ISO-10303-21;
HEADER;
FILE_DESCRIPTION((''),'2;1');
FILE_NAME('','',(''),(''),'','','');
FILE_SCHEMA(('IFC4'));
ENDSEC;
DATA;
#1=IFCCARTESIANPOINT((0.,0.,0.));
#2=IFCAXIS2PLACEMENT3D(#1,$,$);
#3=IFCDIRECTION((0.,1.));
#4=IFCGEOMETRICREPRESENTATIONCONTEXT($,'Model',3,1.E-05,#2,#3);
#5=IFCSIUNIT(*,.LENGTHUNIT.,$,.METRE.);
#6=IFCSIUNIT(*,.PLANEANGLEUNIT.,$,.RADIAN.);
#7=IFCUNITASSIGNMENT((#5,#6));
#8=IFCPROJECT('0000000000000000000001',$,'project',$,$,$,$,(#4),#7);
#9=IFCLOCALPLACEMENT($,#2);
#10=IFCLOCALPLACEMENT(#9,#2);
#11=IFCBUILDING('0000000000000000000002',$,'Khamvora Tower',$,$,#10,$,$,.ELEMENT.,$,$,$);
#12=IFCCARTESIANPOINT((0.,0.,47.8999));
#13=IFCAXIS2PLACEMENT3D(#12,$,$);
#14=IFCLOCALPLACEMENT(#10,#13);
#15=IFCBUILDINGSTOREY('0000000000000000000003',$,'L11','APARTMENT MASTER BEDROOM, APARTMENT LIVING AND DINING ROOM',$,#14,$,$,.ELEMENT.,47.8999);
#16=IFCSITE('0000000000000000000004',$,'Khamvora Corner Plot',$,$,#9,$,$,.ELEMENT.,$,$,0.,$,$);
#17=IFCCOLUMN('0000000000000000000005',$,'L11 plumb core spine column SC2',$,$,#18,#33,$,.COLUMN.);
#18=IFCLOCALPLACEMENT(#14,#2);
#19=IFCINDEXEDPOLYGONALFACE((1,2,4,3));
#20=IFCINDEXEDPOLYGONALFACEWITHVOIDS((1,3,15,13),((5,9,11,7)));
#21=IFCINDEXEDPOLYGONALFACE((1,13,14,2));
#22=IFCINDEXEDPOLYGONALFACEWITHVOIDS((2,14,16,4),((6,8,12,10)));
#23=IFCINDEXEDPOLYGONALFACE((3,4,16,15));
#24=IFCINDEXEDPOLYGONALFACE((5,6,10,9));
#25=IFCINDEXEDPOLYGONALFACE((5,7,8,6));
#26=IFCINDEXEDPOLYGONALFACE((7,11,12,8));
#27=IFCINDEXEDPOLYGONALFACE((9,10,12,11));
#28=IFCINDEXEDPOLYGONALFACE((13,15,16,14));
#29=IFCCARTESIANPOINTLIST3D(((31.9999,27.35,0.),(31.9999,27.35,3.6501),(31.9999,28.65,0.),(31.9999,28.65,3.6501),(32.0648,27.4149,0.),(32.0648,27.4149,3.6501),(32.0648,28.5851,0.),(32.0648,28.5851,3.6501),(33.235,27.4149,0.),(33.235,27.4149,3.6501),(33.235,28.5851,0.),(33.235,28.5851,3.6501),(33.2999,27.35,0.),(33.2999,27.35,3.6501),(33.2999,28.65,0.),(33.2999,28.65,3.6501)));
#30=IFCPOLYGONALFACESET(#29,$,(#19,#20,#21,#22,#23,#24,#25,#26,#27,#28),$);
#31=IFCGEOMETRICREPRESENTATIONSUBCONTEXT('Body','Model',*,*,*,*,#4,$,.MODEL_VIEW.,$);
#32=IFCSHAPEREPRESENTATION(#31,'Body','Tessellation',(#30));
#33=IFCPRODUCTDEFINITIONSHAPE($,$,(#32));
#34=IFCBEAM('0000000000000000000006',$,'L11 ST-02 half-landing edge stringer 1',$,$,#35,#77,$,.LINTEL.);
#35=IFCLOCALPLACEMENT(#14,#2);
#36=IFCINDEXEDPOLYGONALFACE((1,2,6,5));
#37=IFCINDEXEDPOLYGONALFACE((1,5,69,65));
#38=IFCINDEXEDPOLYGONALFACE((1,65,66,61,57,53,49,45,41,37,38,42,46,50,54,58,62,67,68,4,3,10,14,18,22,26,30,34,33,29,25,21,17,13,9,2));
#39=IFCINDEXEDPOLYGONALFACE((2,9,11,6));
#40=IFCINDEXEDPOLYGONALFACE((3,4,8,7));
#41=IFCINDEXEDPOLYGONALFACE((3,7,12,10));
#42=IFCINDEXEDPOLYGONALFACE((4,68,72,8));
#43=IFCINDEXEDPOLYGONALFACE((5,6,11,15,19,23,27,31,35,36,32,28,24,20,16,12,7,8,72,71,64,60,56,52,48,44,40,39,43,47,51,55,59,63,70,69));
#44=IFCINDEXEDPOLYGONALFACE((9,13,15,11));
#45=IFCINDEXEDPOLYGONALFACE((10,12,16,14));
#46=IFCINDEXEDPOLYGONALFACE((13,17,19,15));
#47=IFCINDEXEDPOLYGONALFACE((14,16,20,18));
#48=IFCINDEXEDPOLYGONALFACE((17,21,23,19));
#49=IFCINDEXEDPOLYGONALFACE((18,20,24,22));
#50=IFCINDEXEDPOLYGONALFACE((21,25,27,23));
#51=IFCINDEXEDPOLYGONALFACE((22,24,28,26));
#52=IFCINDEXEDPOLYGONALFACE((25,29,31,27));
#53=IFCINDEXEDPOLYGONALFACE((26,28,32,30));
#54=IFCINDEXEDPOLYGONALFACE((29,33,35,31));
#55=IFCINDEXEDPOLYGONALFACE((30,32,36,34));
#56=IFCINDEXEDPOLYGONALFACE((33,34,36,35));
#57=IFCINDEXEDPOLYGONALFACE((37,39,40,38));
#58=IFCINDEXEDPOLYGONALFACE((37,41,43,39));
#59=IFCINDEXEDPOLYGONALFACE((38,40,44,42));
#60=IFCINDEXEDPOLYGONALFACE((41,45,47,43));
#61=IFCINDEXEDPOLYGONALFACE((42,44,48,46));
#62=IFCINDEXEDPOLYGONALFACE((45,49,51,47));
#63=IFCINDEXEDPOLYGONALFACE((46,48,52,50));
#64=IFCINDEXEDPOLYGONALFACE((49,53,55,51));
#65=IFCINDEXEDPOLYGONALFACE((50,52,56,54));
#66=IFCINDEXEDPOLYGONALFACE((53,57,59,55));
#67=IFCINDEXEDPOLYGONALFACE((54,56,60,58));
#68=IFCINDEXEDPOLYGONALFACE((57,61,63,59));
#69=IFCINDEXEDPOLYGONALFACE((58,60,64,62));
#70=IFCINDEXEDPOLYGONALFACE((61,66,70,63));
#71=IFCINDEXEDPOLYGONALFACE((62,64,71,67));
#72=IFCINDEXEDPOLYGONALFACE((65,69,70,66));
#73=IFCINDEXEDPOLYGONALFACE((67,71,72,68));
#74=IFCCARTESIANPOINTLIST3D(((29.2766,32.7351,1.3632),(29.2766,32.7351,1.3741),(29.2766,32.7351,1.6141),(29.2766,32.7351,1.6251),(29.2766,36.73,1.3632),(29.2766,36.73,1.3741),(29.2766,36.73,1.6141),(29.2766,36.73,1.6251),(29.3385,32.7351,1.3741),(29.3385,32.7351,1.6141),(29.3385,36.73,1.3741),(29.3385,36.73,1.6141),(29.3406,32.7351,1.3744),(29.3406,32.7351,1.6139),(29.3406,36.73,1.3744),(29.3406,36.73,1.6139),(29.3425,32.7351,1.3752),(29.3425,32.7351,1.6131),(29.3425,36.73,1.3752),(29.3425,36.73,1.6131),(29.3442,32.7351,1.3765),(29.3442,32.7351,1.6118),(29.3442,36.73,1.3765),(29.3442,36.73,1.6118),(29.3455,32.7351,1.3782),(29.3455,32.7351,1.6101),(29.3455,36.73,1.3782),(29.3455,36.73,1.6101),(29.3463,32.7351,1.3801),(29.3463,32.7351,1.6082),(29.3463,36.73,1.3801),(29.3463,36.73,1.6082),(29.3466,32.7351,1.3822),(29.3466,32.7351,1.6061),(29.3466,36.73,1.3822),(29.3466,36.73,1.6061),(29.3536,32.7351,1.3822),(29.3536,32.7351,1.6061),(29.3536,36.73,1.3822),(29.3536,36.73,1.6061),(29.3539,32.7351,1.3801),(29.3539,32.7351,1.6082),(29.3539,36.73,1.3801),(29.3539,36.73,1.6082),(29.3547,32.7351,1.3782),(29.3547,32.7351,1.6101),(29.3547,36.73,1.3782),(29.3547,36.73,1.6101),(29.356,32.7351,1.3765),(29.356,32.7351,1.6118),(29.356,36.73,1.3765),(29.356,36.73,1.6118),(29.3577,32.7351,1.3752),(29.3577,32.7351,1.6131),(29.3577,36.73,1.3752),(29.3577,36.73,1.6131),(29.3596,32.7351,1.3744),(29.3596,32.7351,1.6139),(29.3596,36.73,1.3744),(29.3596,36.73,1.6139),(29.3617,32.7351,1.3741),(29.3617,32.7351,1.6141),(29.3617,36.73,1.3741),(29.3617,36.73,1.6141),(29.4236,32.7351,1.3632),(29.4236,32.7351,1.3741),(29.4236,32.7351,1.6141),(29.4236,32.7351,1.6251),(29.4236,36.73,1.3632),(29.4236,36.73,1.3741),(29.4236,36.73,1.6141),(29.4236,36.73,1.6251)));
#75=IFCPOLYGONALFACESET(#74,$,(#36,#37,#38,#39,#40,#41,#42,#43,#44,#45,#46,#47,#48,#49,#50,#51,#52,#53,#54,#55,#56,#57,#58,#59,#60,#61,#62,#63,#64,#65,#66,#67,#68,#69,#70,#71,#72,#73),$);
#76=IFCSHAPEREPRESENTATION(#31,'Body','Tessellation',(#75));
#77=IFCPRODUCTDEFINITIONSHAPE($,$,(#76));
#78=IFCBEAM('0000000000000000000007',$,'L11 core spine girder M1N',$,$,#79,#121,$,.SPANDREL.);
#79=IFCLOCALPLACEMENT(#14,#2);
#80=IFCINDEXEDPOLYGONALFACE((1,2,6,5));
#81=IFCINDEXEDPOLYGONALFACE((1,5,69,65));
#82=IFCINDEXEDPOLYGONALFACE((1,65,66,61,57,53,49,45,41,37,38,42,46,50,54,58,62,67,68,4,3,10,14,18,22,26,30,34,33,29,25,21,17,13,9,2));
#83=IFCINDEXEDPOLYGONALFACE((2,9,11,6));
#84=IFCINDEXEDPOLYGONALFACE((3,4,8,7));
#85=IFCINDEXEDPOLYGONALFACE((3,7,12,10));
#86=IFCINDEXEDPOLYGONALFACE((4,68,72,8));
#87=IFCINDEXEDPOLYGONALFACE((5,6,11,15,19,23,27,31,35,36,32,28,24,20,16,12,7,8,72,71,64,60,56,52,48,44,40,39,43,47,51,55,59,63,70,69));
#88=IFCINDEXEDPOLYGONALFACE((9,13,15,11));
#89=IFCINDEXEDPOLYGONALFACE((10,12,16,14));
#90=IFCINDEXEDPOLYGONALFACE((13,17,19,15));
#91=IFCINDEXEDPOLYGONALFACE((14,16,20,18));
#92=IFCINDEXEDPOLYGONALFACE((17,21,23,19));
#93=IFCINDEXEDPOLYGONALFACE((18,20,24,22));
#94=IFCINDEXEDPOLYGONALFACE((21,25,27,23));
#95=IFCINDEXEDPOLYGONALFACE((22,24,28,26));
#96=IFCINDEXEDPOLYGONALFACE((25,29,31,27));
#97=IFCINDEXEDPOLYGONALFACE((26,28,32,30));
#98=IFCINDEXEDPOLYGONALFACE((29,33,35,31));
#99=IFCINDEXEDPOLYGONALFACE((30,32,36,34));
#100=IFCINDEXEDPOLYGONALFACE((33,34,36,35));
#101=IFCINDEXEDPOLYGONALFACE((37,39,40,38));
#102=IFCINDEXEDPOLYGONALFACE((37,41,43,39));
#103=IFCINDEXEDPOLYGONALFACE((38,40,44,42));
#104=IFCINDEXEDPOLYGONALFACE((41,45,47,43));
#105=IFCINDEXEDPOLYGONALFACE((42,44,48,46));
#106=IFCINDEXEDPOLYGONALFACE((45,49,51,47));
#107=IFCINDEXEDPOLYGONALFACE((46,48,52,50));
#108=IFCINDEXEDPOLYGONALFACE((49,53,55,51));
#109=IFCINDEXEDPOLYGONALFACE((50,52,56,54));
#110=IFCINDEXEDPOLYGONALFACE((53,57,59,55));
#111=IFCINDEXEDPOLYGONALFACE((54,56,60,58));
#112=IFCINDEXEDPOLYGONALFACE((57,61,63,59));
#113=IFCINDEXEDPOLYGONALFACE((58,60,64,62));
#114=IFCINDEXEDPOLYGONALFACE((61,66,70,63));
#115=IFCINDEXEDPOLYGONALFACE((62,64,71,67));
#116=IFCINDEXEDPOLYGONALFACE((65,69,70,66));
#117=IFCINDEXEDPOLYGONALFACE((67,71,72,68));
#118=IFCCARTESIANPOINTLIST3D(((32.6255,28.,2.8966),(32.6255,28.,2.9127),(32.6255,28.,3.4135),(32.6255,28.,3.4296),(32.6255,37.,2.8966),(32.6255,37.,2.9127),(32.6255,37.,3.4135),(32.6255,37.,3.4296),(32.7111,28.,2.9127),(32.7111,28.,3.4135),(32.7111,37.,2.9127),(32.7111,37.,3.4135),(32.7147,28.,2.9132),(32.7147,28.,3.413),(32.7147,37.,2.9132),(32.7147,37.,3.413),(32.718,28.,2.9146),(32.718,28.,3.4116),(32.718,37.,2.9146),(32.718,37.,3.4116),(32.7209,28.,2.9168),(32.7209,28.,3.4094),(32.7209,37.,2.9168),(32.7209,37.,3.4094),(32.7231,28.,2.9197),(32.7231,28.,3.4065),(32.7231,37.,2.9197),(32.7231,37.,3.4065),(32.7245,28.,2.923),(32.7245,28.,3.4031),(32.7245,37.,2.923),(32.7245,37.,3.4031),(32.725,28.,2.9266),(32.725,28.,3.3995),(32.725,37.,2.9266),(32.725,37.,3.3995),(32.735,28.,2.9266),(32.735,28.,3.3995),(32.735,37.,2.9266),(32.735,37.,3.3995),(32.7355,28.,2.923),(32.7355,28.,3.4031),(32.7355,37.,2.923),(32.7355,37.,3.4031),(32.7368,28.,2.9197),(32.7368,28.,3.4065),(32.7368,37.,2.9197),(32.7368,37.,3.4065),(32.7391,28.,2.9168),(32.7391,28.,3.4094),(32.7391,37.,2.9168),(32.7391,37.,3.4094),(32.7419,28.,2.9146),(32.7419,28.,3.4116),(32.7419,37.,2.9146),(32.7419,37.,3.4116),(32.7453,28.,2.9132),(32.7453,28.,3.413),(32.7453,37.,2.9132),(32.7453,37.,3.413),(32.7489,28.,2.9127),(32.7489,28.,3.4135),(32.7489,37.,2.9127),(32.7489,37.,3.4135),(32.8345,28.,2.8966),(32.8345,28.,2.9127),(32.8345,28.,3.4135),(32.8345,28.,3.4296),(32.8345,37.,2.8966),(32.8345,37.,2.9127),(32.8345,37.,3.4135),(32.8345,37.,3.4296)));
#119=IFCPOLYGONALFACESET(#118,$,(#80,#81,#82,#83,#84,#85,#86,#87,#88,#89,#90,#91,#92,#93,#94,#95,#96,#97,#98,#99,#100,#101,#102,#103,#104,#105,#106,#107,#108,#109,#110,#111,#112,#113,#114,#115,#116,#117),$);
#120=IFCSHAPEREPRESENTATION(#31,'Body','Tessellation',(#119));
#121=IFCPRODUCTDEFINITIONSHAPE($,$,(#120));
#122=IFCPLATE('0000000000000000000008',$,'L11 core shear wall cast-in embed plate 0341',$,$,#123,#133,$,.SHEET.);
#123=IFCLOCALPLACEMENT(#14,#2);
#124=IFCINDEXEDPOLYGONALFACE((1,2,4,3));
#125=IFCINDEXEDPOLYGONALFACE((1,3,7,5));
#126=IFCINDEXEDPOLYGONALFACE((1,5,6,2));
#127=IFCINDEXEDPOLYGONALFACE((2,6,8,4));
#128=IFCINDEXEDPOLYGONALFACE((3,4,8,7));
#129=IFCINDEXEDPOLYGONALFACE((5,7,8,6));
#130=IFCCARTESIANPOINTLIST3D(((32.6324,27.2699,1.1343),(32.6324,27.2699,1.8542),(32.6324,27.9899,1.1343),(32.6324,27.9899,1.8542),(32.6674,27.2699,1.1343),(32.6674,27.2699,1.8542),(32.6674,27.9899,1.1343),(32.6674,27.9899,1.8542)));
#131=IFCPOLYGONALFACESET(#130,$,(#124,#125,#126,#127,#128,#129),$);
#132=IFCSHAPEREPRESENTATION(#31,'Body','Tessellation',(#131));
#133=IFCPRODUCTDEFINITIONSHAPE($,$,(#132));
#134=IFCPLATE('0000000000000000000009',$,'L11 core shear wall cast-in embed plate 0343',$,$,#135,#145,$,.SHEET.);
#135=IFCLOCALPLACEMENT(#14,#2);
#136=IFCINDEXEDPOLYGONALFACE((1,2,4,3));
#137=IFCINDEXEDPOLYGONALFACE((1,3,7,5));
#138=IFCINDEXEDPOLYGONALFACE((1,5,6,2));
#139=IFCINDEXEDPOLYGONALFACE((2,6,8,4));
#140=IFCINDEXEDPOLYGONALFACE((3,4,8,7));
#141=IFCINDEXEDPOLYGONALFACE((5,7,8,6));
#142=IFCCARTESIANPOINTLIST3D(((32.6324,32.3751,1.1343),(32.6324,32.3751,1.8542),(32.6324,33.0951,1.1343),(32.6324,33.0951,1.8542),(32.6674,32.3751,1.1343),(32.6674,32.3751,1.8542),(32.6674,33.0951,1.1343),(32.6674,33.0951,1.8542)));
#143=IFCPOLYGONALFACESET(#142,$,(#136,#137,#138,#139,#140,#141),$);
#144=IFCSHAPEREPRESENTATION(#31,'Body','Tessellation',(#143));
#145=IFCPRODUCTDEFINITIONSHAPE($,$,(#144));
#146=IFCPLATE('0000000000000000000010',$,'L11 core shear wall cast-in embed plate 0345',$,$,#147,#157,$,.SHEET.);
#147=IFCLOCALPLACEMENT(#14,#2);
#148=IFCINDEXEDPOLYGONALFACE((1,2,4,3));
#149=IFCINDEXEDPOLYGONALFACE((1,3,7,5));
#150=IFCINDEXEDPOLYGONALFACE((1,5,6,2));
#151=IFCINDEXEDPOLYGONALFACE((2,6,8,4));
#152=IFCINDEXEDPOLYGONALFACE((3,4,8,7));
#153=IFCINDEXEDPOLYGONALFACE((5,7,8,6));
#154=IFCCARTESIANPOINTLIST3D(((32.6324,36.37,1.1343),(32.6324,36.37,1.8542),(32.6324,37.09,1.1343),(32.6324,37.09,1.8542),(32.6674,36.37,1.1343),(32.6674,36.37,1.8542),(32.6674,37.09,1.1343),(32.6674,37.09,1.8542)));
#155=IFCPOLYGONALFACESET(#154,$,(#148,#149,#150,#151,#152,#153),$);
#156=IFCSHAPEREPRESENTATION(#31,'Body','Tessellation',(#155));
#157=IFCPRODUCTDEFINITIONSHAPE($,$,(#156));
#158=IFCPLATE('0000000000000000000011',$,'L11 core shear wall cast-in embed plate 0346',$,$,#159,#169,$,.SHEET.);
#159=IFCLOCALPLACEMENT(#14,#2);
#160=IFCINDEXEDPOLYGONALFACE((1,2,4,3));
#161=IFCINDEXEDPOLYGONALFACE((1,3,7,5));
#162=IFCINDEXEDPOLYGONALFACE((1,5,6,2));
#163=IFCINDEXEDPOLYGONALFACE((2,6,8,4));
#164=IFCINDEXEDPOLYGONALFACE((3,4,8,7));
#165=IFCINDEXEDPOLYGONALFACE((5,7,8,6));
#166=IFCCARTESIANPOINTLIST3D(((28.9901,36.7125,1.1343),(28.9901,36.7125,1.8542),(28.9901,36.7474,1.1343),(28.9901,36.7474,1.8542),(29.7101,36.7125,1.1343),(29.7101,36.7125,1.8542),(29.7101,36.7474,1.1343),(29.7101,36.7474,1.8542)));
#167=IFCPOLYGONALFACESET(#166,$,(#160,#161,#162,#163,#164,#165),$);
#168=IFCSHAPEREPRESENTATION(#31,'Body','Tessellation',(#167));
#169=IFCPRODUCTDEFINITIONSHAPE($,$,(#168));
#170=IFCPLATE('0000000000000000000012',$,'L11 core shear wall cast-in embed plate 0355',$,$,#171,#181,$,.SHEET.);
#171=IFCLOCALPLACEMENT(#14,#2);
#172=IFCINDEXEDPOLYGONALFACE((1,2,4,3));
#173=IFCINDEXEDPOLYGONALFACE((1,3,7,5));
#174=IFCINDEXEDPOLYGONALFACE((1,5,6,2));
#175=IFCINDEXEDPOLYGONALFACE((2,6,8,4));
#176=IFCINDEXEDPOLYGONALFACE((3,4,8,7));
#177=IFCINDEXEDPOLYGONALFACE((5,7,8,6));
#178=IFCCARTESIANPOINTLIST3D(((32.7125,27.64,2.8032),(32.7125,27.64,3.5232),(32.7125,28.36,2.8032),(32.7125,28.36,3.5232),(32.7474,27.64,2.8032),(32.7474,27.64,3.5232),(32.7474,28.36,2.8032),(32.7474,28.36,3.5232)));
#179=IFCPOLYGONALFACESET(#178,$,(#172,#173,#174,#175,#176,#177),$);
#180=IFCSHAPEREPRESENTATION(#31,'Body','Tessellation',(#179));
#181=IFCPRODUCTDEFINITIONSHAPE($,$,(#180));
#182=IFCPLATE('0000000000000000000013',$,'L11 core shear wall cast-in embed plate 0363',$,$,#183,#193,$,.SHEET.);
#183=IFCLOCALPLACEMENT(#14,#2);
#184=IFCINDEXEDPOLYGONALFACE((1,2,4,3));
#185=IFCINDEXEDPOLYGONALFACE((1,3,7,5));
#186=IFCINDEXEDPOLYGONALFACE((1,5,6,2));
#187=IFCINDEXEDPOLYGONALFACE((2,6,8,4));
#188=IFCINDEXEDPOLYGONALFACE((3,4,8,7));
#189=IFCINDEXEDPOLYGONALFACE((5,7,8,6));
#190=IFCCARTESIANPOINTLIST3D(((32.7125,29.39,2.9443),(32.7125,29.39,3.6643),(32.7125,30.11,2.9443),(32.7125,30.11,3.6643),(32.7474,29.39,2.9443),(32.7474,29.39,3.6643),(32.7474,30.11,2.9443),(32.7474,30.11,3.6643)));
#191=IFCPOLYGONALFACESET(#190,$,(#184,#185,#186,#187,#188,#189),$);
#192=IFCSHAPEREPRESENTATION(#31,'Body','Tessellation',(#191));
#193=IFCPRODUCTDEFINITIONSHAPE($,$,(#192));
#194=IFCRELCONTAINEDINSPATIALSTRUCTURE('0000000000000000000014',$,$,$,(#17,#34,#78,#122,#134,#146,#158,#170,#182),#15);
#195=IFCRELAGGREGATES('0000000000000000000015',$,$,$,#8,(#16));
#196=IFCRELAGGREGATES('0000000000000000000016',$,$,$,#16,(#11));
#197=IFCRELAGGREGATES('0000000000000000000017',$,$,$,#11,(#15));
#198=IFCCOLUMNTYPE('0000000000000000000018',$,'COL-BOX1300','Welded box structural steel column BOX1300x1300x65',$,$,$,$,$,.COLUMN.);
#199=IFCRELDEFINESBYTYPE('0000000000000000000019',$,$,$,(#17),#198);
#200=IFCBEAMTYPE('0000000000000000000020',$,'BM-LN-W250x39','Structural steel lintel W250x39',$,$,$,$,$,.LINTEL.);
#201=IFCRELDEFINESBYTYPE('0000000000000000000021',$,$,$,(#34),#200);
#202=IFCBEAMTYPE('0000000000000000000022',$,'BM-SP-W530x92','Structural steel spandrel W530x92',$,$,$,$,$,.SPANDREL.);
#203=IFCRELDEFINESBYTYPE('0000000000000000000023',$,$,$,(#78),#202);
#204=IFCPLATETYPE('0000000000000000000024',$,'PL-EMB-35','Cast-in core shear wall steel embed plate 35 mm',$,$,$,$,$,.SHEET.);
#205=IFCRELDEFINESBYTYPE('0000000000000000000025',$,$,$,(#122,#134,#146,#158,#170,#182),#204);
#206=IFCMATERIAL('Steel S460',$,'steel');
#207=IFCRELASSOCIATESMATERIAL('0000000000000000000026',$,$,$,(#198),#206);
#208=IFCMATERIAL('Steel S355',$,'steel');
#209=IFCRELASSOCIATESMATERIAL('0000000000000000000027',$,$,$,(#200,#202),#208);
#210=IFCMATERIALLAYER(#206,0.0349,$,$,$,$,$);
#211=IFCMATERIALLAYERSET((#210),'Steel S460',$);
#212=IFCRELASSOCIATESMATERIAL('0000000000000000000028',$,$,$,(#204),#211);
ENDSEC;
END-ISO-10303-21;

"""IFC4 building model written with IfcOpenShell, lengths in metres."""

from ifc_helpers import new_model, si_unit, direction, frame, origin, origin_2d, place, context, subcontext, project, spatial, rectangle, hollow_rectangle, i_section, extrude, material, layer, layer_set, material_profile, profile_set, type_object, element, save


model = new_model("IFC4")

# Units and contexts
model_context = context("Model", 3, precision=1e-05, world=origin(), true_north=direction((0.0, 1.0)))
body_context = subcontext(model_context, "Body", "Model", "MODEL_VIEW")
ifc_project = project(units=[si_unit("LENGTHUNIT", "METRE"), si_unit("PLANEANGLEUNIT", "RADIAN")], contexts=[model_context])

# Site, building, storey
site_placement = place(None, origin())
site = spatial("IfcSite", under=ifc_project, at=site_placement, Name="Khamvora Corner Plot", CompositionType="ELEMENT", RefElevation=0.0)
building_placement = place(site_placement, origin())
building = spatial("IfcBuilding", under=site, at=building_placement, Name="Khamvora Tower", CompositionType="ELEMENT")
storey_placement = place(building_placement, frame((0.0, 0.0, 47.8999)))
storey = spatial("IfcBuildingStorey", under=building, at=storey_placement, Name="L11", Description="APARTMENT MASTER BEDROOM, APARTMENT LIVING AND DINING ROOM", CompositionType="ELEMENT", Elevation=47.8999)

# Column
ifc_material_1 = material(Name="Steel S460", Category="steel")
ifc_material_profile_1 = material_profile(ifc_material_1, hollow_rectangle(XDim=1.3, YDim=1.3, WallThickness=0.0649, at=origin_2d()), Name="BOX1300x1300x65")
ifc_profile_set_1 = profile_set([ifc_material_profile_1], Name="Steel S460")
column_type = type_object("IfcColumnType", Name="COL-BOX1300", Description="Welded box structural steel column BOX1300x1300x65", PredefinedType="COLUMN", material=ifc_profile_set_1)
column_placement = place(storey_placement, frame((32.6499, 28.0, 0.0), z_axis=(0.0, 0.0, 1.0), x_axis=(1.0, 0.0, 0.0)))
element("IfcColumn", 1, at=column_placement, inside=storey, type_object=column_type, Name="L11 plumb core spine column SC2", PredefinedType="COLUMN", context=body_context, shape_type="SweptSolid", body=[
    extrude(hollow_rectangle(XDim=1.3, YDim=1.3, WallThickness=0.0649, at=origin_2d()), origin(), (0.0, 0.0, 1.0), 3.6501),
])

# Beams
ifc_material_2 = material(Name="Steel S355", Category="steel")
ifc_material_profile_2 = material_profile(ifc_material_2, i_section(OverallWidth=0.147, OverallDepth=0.262, WebThickness=0.0071, FlangeThickness=0.011, FilletRadius=0.0081, at=origin_2d()), Name="W250x39")
ifc_profile_set_2 = profile_set([ifc_material_profile_2], Name="Steel S355")
beam_type_1 = type_object("IfcBeamType", Name="BM-LN-W250x39", Description="Structural steel lintel W250x39", PredefinedType="LINTEL", material=ifc_profile_set_2)
beam_1_placement = place(storey_placement, frame((29.3501, 32.7351, 1.4941), z_axis=(0.0, 1.0, 0.0), x_axis=(-1.0, 0.0, 0.0)))
element("IfcBeam", 2, at=beam_1_placement, inside=storey, type_object=beam_type_1, Name="L11 ST-02 half-landing edge stringer 1", PredefinedType="LINTEL", context=body_context, shape_type="SweptSolid", body=[
    extrude(i_section(OverallWidth=0.147, OverallDepth=0.262, WebThickness=0.0071, FlangeThickness=0.011, FilletRadius=0.0081, at=origin_2d()), origin(), (0.0, 0.0, 1.0), 3.9949),
])
ifc_material_profile_3 = material_profile(ifc_material_2, i_section(OverallWidth=0.209, OverallDepth=0.533, WebThickness=0.01, FlangeThickness=0.0161, FilletRadius=0.0139, at=origin_2d()), Name="W530x92")
ifc_profile_set_3 = profile_set([ifc_material_profile_3], Name="Steel S355")
beam_type_2 = type_object("IfcBeamType", Name="BM-SP-W530x92", Description="Structural steel spandrel W530x92", PredefinedType="SPANDREL", material=ifc_profile_set_3)
beam_2_placement = place(storey_placement, frame((32.73, 28.0, 3.1631), z_axis=(0.0, 1.0, 0.0), x_axis=(-1.0, 0.0, 0.0)))
element("IfcBeam", 3, at=beam_2_placement, inside=storey, type_object=beam_type_2, Name="L11 core spine girder M1N", PredefinedType="SPANDREL", context=body_context, shape_type="SweptSolid", body=[
    extrude(i_section(OverallWidth=0.209, OverallDepth=0.533, WebThickness=0.01, FlangeThickness=0.0161, FilletRadius=0.0139, at=origin_2d()), origin(), (0.0, 0.0, 1.0), 9.0),
])

# Plates
ifc_layer_1 = layer(ifc_material_1, 0.0349)
ifc_layer_set_1 = layer_set([ifc_layer_1], Name="Steel S460")
plate_type = type_object("IfcPlateType", Name="PL-EMB-35", Description="Cast-in core shear wall steel embed plate 35 mm", PredefinedType="SHEET", material=ifc_layer_set_1)
for number, where, z_axis, x_axis, name in (
    (4, (32.6499, 27.6299, 1.1343), (0.0, 0.0, 1.0), (1.0, 0.0, 0.0), "L11 core shear wall cast-in embed plate 0341"),
    (5, (32.6499, 32.7351, 1.1343), (0.0, 0.0, 1.0), (1.0, 0.0, 0.0), "L11 core shear wall cast-in embed plate 0343"),
    (6, (32.6499, 36.73, 1.1343), (0.0, 0.0, 1.0), (1.0, 0.0, 0.0), "L11 core shear wall cast-in embed plate 0345"),
):
    element("IfcPlate", number, at=place(storey_placement, frame(where, z_axis=z_axis, x_axis=x_axis)), inside=storey, type_object=plate_type, Name=name, PredefinedType="SHEET", context=body_context, shape_type="SweptSolid", body=[
        extrude(rectangle(XDim=0.0349, YDim=0.72, at=origin_2d()), origin(), (0.0, 0.0, 1.0), 0.72),
    ])
plate_placement = place(storey_placement, frame((29.3501, 36.73, 1.1343), z_axis=(0.0, 0.0, 1.0), x_axis=(1.0, 0.0, 0.0)))
element("IfcPlate", 7, at=plate_placement, inside=storey, type_object=plate_type, Name="L11 core shear wall cast-in embed plate 0346", PredefinedType="SHEET", context=body_context, shape_type="SweptSolid", body=[
    extrude(rectangle(XDim=0.72, YDim=0.0349, at=origin_2d()), origin(), (0.0, 0.0, 1.0), 0.72),
])
for number, where, z_axis, x_axis, name in (
    (8, (32.73, 28.0, 2.8032), (0.0, 0.0, 1.0), (1.0, 0.0, 0.0), "L11 core shear wall cast-in embed plate 0355"),
    (9, (32.73, 29.75, 2.9443), (0.0, 0.0, 1.0), (1.0, 0.0, 0.0), "L11 core shear wall cast-in embed plate 0363"),
):
    element("IfcPlate", number, at=place(storey_placement, frame(where, z_axis=z_axis, x_axis=x_axis)), inside=storey, type_object=plate_type, Name=name, PredefinedType="SHEET", context=body_context, shape_type="SweptSolid", body=[
        extrude(rectangle(XDim=0.0349, YDim=0.72, at=origin_2d()), origin(), (0.0, 0.0, 1.0), 0.72),
    ])

save(model, "model.ifc")
